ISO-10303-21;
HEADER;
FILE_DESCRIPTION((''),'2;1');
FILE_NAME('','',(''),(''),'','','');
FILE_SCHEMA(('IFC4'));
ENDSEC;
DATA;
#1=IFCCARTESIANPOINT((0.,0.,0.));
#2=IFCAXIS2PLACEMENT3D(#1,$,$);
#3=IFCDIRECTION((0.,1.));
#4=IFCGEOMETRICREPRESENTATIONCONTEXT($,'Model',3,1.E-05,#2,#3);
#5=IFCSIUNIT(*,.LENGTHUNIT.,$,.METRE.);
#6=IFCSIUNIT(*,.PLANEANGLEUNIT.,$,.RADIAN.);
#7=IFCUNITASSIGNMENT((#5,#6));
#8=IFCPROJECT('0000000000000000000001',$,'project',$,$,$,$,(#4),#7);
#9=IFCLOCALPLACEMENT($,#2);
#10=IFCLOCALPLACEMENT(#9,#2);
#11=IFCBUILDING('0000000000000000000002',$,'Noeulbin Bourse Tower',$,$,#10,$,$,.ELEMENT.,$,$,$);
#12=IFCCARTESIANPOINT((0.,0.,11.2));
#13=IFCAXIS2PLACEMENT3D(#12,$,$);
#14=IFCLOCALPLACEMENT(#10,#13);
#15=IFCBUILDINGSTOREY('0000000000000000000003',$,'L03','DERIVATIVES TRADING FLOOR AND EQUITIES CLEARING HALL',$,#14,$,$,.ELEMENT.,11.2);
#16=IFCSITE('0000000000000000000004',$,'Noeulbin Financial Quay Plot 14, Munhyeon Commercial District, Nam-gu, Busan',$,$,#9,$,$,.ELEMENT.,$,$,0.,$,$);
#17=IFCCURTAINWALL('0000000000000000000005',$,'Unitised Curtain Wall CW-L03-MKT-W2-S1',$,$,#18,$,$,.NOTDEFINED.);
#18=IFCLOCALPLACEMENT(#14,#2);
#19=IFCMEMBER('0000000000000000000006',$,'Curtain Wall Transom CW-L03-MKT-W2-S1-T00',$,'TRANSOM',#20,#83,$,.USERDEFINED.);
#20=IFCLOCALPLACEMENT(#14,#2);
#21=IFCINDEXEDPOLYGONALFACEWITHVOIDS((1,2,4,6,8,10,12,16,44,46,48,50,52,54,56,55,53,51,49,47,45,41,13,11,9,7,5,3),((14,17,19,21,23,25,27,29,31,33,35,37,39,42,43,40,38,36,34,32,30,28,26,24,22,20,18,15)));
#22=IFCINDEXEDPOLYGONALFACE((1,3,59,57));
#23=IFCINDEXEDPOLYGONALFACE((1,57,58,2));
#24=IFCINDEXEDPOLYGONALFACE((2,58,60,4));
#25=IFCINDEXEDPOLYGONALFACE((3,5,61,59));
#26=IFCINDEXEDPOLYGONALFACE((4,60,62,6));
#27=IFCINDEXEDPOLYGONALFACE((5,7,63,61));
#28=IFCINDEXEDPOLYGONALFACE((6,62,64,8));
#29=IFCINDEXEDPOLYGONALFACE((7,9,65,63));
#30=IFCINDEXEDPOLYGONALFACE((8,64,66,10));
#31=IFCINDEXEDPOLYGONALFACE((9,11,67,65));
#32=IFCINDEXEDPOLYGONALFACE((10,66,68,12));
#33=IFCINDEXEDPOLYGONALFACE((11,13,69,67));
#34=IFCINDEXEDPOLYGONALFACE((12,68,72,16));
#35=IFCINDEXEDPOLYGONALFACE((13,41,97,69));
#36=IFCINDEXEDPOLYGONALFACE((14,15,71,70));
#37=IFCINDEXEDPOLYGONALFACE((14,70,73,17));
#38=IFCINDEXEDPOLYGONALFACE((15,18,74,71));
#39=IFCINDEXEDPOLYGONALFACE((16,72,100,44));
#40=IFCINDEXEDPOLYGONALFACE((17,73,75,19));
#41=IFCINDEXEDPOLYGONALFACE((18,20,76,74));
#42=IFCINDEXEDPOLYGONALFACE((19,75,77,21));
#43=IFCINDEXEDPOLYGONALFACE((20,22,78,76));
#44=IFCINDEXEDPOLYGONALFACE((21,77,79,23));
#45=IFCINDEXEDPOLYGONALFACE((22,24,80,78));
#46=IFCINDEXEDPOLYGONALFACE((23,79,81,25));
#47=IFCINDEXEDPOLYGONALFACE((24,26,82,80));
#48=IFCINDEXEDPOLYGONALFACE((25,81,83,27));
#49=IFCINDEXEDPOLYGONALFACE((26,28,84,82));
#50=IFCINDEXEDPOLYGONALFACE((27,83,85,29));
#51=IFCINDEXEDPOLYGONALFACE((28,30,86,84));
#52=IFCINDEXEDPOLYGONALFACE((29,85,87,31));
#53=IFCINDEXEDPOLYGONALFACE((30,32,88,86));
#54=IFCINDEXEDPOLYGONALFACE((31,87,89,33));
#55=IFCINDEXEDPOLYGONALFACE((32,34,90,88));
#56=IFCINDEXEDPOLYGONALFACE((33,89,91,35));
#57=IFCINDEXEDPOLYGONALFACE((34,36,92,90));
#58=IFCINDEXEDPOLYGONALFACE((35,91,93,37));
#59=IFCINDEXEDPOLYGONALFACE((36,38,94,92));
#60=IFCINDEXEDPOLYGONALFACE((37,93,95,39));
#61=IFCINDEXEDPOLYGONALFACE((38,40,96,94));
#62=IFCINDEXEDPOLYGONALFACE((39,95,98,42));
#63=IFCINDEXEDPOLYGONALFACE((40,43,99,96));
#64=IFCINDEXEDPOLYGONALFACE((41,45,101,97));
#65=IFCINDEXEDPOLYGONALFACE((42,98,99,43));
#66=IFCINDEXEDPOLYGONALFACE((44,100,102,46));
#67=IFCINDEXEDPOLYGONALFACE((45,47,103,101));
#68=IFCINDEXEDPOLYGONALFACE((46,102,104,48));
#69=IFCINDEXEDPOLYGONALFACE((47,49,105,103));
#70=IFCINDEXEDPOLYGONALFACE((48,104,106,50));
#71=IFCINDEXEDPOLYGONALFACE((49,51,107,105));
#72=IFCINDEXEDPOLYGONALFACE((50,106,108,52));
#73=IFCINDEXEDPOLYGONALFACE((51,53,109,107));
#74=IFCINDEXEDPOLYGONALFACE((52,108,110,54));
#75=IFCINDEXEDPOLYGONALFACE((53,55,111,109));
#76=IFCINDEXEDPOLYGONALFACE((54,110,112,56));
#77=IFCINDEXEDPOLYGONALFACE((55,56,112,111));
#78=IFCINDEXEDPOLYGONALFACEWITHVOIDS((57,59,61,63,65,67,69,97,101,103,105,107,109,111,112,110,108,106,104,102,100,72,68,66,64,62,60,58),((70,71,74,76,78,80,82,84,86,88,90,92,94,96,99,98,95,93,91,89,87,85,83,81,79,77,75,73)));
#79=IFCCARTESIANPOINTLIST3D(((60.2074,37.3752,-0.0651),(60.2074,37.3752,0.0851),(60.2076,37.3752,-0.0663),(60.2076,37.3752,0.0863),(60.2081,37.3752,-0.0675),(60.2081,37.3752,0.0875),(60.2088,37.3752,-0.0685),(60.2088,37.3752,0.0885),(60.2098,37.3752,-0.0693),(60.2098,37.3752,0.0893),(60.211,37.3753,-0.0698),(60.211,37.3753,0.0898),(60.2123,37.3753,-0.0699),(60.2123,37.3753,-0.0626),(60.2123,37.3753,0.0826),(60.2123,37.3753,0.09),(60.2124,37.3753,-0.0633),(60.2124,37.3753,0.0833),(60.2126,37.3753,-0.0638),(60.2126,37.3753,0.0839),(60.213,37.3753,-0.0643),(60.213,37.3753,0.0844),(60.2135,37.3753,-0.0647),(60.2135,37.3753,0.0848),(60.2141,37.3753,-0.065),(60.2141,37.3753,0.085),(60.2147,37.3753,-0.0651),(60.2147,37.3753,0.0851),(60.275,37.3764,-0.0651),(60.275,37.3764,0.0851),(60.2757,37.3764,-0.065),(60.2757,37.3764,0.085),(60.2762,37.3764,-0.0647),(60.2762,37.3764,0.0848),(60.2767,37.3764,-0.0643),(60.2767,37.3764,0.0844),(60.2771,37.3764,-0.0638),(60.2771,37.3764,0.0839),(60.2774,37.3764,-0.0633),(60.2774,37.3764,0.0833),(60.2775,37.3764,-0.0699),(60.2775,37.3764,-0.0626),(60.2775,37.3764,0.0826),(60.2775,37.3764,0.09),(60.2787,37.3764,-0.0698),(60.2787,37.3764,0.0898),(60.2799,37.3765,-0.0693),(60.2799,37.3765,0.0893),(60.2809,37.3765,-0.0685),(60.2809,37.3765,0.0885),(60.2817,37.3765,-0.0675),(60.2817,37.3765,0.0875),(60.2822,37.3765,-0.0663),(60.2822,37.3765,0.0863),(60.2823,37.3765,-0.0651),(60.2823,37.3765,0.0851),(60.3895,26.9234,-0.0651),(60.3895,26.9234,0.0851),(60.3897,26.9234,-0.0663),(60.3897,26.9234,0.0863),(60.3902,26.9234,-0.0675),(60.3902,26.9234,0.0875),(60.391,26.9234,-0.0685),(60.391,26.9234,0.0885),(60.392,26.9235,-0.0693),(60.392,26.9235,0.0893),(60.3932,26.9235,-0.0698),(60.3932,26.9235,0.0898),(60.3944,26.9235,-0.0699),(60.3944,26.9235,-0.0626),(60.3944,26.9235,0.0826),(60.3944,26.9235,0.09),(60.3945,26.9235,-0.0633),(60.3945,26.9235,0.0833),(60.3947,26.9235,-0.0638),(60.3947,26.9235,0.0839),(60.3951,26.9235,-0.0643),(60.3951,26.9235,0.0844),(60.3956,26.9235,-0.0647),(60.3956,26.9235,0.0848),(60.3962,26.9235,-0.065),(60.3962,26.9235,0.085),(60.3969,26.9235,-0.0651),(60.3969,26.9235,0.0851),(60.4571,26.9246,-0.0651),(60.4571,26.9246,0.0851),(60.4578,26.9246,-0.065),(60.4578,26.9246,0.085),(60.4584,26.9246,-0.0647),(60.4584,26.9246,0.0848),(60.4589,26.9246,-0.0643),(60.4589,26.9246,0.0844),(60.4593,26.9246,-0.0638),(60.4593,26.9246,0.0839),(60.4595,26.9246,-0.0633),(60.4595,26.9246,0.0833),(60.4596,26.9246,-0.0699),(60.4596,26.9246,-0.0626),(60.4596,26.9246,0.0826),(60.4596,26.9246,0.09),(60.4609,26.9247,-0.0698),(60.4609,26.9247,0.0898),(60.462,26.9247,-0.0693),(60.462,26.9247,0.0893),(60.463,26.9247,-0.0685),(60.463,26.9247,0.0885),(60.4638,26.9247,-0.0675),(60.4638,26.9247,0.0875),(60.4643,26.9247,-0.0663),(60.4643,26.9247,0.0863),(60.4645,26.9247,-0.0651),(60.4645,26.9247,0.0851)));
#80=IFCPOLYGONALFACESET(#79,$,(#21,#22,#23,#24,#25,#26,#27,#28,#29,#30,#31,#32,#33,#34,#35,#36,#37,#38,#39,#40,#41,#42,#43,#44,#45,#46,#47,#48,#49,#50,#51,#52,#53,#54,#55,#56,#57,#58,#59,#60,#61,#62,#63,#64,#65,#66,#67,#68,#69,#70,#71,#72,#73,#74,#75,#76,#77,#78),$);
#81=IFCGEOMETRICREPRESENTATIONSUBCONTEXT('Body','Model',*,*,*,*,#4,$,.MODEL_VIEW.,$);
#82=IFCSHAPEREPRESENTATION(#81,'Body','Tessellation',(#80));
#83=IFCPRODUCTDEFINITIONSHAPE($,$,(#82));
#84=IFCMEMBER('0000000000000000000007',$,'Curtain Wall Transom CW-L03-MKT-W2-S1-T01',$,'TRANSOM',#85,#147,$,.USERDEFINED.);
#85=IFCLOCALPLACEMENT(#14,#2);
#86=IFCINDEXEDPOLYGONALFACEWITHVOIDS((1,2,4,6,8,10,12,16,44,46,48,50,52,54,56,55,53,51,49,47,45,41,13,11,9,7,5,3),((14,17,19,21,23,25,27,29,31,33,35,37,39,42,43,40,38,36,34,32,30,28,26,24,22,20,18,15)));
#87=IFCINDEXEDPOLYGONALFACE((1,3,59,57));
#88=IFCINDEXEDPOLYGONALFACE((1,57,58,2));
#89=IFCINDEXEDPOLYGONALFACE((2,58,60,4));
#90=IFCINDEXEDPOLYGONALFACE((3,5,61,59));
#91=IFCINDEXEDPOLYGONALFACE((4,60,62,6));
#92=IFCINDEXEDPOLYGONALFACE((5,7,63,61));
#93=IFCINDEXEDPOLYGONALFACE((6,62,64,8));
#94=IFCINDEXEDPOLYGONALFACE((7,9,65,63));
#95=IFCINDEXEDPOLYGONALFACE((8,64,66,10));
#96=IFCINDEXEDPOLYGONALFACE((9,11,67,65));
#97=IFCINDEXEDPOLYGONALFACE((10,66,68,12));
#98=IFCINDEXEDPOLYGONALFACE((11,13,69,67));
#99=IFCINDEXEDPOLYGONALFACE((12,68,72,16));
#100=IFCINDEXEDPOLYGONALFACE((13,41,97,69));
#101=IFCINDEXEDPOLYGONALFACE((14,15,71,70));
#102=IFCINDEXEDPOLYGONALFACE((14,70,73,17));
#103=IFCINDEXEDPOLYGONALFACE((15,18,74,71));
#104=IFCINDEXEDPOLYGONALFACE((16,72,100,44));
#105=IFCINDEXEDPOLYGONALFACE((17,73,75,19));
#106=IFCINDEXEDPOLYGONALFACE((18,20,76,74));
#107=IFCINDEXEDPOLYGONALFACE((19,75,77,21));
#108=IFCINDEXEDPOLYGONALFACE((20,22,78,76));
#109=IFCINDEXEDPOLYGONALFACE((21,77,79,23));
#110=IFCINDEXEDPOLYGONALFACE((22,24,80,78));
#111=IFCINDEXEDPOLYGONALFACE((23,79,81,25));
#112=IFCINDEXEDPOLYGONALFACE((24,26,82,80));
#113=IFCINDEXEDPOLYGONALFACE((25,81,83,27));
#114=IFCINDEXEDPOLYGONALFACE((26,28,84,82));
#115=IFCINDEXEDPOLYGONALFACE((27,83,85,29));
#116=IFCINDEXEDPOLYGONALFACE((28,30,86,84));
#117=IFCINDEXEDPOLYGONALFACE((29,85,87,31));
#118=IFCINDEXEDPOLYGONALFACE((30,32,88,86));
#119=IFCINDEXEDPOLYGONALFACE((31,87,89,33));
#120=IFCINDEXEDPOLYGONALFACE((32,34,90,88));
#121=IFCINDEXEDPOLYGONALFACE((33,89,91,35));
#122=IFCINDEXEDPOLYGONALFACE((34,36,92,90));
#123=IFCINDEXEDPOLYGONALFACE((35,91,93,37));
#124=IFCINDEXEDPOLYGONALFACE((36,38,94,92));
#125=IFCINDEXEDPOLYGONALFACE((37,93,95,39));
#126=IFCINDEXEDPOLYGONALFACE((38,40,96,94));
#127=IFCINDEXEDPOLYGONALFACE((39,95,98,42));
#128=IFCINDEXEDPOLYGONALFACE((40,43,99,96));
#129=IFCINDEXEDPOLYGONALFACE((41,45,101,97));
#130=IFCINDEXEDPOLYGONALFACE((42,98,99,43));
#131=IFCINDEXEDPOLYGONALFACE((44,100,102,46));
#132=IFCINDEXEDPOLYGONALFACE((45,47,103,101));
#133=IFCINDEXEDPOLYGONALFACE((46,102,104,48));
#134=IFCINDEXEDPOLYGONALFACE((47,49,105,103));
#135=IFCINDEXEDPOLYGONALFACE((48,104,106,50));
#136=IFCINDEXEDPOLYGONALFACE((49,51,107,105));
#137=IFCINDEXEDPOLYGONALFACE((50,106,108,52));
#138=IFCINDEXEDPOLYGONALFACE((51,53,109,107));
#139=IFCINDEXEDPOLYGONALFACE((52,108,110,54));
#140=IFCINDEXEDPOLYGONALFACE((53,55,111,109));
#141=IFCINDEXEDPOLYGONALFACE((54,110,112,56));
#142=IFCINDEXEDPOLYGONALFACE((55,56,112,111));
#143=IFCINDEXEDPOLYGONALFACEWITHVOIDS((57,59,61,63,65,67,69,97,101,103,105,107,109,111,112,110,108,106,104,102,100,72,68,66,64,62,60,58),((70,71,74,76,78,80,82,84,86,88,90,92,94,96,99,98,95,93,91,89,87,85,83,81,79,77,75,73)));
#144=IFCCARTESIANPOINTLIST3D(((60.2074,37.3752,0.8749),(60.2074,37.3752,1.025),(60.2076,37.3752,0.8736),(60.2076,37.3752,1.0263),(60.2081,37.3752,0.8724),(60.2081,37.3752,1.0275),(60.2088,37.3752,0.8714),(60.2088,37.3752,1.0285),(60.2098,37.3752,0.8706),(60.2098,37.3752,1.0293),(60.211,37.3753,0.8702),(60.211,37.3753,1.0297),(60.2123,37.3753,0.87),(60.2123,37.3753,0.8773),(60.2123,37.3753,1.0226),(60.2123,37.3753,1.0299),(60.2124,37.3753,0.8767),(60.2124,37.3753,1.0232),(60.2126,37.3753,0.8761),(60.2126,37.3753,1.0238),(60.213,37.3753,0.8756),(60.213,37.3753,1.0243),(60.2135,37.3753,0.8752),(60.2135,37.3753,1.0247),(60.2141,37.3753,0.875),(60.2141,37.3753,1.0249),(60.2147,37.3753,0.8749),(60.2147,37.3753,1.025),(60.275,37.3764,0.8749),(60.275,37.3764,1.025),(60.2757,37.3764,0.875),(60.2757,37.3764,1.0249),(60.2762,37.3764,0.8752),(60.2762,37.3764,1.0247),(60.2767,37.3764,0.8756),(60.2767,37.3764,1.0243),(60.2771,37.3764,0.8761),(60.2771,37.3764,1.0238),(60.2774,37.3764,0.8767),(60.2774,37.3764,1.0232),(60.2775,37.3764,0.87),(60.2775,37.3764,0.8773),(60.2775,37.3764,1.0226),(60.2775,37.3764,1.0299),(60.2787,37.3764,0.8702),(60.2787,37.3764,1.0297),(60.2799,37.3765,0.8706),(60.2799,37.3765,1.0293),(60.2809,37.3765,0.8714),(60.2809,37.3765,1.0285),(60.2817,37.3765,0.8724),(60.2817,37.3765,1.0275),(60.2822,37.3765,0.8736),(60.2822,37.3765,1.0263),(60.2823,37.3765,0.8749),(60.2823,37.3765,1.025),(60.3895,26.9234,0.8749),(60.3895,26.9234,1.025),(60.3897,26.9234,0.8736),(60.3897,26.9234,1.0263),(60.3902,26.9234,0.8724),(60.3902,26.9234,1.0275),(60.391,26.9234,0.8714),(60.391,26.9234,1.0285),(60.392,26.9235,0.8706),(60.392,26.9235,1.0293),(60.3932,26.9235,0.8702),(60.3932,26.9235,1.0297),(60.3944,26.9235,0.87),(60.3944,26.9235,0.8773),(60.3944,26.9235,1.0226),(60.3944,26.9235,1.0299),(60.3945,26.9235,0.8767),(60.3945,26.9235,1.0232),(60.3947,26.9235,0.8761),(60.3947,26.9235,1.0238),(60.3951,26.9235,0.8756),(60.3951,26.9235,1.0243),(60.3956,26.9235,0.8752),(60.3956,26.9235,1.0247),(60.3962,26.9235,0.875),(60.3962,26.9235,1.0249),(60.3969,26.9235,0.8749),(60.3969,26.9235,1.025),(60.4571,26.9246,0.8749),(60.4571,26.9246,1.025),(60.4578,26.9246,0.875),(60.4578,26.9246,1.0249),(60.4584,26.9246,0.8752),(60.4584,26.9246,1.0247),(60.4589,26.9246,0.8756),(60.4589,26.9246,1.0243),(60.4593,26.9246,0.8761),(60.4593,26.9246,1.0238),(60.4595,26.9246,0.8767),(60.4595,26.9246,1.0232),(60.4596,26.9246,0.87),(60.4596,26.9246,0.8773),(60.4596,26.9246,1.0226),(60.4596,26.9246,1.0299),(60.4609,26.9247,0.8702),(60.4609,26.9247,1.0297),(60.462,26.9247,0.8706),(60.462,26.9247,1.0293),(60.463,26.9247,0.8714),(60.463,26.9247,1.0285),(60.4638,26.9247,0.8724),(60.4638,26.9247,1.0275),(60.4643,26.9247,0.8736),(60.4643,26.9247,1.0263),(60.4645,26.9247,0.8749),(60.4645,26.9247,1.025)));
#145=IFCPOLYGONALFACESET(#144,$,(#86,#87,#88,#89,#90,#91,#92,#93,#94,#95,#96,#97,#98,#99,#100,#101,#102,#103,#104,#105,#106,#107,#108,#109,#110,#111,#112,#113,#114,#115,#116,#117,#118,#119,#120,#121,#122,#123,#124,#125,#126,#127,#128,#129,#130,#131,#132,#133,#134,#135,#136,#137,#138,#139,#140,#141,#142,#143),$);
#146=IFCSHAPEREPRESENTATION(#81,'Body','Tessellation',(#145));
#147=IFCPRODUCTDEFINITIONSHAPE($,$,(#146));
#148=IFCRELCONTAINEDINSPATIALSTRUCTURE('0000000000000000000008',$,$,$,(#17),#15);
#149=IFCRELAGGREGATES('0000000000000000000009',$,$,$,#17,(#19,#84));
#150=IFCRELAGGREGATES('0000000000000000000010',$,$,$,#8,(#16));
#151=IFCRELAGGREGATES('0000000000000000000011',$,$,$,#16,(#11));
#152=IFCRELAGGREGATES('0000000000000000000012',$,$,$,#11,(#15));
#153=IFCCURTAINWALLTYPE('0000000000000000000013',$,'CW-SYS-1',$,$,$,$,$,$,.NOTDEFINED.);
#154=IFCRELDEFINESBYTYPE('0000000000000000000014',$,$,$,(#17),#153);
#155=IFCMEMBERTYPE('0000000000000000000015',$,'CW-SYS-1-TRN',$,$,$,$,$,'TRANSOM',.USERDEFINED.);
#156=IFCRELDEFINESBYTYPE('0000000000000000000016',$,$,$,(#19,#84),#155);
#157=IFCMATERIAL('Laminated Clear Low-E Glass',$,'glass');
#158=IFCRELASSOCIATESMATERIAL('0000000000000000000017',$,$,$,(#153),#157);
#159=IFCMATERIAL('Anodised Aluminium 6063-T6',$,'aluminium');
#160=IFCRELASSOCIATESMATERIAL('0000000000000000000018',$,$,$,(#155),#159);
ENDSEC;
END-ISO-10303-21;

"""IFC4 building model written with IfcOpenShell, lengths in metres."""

from ifc_helpers import new_model, si_unit, direction, frame, origin, origin_2d, place, context, subcontext, project, spatial, hollow_rectangle, extrude, material, material_profile, profile_set, type_object, element, aggregate, save


model = new_model("IFC4")

# Units and contexts
model_context = context("Model", 3, precision=1e-05, world=origin(), true_north=direction((0.0, 1.0)))
body_context = subcontext(model_context, "Body", "Model", "MODEL_VIEW")
ifc_project = project(units=[si_unit("LENGTHUNIT", "METRE"), si_unit("PLANEANGLEUNIT", "RADIAN")], contexts=[model_context])

# Site, building, storey
site_placement = place(None, origin())
site = spatial("IfcSite", under=ifc_project, at=site_placement, Name="Noeulbin Financial Quay Plot 14, Munhyeon Commercial District, Nam-gu, Busan", CompositionType="ELEMENT", RefElevation=0.0)
building_placement = place(site_placement, origin())
building = spatial("IfcBuilding", under=site, at=building_placement, Name="Noeulbin Bourse Tower", CompositionType="ELEMENT")
storey_placement = place(building_placement, frame((0.0, 0.0, 11.2)))
storey = spatial("IfcBuildingStorey", under=building, at=storey_placement, Name="L03", Description="DERIVATIVES TRADING FLOOR AND EQUITIES CLEARING HALL", CompositionType="ELEMENT", Elevation=11.2)

# Curtain wall, members
ifc_material_1 = material(Name="Laminated Clear Low-E Glass", Category="glass")
curtain_wall_type_1 = type_object("IfcCurtainWallType", Name="CW-SYS-1", PredefinedType="NOTDEFINED", material=ifc_material_1)
curtain_wall_1_placement = place(storey_placement, origin())
curtain_wall_1 = element("IfcCurtainWall", 1, at=curtain_wall_1_placement, inside=storey, type_object=curtain_wall_type_1, Name="Unitised Curtain Wall CW-L03-MKT-W2-S1", PredefinedType="NOTDEFINED")
ifc_material_2 = material(Name="Anodised Aluminium 6063-T6", Category="aluminium")
ifc_material_profile_1 = material_profile(ifc_material_2, hollow_rectangle(XDim=0.075, YDim=0.1599, WallThickness=0.0049, InnerFilletRadius=0.0024, OuterFilletRadius=0.0049, at=origin_2d()), Name="ALU-TRAN-75x160x5", Category="LoadBearing")
ifc_profile_set_1 = profile_set([ifc_material_profile_1], Name="Anodised Aluminium 6063-T6")
member_type_1 = type_object("IfcMemberType", Name="CW-SYS-1-TRN", ElementType="TRANSOM", PredefinedType="USERDEFINED", material=ifc_profile_set_1)
member_1_placement = place(storey_placement, frame((60.427, 26.9241, 0.01), z_axis=(-0.017423, 0.999848, 0.0), x_axis=(-0.999848, -0.017423, 0.0)))
member_1 = element("IfcMember", 2, at=member_1_placement, type_object=member_type_1, Name="Curtain Wall Transom CW-L03-MKT-W2-S1-T00", ObjectType="TRANSOM", PredefinedType="USERDEFINED", context=body_context, shape_type="SweptSolid", body=[
    extrude(hollow_rectangle(XDim=0.075, YDim=0.1599, WallThickness=0.0049, InnerFilletRadius=0.0024, OuterFilletRadius=0.0049, at=origin_2d()), origin(), (0.0, 0.0, 1.0), 10.4534),
])
member_2_placement = place(storey_placement, frame((60.427, 26.9241, 0.95), z_axis=(-0.017423, 0.999848, 0.0), x_axis=(-0.999848, -0.017423, 0.0)))
member_2 = element("IfcMember", 3, at=member_2_placement, type_object=member_type_1, Name="Curtain Wall Transom CW-L03-MKT-W2-S1-T01", ObjectType="TRANSOM", PredefinedType="USERDEFINED", context=body_context, shape_type="SweptSolid", body=[
    extrude(hollow_rectangle(XDim=0.075, YDim=0.1599, WallThickness=0.0049, InnerFilletRadius=0.0024, OuterFilletRadius=0.0049, at=origin_2d()), origin(), (0.0, 0.0, 1.0), 10.4534),
])

aggregate(curtain_wall_1, [member_1, member_2])

save(model, "model.ifc")
